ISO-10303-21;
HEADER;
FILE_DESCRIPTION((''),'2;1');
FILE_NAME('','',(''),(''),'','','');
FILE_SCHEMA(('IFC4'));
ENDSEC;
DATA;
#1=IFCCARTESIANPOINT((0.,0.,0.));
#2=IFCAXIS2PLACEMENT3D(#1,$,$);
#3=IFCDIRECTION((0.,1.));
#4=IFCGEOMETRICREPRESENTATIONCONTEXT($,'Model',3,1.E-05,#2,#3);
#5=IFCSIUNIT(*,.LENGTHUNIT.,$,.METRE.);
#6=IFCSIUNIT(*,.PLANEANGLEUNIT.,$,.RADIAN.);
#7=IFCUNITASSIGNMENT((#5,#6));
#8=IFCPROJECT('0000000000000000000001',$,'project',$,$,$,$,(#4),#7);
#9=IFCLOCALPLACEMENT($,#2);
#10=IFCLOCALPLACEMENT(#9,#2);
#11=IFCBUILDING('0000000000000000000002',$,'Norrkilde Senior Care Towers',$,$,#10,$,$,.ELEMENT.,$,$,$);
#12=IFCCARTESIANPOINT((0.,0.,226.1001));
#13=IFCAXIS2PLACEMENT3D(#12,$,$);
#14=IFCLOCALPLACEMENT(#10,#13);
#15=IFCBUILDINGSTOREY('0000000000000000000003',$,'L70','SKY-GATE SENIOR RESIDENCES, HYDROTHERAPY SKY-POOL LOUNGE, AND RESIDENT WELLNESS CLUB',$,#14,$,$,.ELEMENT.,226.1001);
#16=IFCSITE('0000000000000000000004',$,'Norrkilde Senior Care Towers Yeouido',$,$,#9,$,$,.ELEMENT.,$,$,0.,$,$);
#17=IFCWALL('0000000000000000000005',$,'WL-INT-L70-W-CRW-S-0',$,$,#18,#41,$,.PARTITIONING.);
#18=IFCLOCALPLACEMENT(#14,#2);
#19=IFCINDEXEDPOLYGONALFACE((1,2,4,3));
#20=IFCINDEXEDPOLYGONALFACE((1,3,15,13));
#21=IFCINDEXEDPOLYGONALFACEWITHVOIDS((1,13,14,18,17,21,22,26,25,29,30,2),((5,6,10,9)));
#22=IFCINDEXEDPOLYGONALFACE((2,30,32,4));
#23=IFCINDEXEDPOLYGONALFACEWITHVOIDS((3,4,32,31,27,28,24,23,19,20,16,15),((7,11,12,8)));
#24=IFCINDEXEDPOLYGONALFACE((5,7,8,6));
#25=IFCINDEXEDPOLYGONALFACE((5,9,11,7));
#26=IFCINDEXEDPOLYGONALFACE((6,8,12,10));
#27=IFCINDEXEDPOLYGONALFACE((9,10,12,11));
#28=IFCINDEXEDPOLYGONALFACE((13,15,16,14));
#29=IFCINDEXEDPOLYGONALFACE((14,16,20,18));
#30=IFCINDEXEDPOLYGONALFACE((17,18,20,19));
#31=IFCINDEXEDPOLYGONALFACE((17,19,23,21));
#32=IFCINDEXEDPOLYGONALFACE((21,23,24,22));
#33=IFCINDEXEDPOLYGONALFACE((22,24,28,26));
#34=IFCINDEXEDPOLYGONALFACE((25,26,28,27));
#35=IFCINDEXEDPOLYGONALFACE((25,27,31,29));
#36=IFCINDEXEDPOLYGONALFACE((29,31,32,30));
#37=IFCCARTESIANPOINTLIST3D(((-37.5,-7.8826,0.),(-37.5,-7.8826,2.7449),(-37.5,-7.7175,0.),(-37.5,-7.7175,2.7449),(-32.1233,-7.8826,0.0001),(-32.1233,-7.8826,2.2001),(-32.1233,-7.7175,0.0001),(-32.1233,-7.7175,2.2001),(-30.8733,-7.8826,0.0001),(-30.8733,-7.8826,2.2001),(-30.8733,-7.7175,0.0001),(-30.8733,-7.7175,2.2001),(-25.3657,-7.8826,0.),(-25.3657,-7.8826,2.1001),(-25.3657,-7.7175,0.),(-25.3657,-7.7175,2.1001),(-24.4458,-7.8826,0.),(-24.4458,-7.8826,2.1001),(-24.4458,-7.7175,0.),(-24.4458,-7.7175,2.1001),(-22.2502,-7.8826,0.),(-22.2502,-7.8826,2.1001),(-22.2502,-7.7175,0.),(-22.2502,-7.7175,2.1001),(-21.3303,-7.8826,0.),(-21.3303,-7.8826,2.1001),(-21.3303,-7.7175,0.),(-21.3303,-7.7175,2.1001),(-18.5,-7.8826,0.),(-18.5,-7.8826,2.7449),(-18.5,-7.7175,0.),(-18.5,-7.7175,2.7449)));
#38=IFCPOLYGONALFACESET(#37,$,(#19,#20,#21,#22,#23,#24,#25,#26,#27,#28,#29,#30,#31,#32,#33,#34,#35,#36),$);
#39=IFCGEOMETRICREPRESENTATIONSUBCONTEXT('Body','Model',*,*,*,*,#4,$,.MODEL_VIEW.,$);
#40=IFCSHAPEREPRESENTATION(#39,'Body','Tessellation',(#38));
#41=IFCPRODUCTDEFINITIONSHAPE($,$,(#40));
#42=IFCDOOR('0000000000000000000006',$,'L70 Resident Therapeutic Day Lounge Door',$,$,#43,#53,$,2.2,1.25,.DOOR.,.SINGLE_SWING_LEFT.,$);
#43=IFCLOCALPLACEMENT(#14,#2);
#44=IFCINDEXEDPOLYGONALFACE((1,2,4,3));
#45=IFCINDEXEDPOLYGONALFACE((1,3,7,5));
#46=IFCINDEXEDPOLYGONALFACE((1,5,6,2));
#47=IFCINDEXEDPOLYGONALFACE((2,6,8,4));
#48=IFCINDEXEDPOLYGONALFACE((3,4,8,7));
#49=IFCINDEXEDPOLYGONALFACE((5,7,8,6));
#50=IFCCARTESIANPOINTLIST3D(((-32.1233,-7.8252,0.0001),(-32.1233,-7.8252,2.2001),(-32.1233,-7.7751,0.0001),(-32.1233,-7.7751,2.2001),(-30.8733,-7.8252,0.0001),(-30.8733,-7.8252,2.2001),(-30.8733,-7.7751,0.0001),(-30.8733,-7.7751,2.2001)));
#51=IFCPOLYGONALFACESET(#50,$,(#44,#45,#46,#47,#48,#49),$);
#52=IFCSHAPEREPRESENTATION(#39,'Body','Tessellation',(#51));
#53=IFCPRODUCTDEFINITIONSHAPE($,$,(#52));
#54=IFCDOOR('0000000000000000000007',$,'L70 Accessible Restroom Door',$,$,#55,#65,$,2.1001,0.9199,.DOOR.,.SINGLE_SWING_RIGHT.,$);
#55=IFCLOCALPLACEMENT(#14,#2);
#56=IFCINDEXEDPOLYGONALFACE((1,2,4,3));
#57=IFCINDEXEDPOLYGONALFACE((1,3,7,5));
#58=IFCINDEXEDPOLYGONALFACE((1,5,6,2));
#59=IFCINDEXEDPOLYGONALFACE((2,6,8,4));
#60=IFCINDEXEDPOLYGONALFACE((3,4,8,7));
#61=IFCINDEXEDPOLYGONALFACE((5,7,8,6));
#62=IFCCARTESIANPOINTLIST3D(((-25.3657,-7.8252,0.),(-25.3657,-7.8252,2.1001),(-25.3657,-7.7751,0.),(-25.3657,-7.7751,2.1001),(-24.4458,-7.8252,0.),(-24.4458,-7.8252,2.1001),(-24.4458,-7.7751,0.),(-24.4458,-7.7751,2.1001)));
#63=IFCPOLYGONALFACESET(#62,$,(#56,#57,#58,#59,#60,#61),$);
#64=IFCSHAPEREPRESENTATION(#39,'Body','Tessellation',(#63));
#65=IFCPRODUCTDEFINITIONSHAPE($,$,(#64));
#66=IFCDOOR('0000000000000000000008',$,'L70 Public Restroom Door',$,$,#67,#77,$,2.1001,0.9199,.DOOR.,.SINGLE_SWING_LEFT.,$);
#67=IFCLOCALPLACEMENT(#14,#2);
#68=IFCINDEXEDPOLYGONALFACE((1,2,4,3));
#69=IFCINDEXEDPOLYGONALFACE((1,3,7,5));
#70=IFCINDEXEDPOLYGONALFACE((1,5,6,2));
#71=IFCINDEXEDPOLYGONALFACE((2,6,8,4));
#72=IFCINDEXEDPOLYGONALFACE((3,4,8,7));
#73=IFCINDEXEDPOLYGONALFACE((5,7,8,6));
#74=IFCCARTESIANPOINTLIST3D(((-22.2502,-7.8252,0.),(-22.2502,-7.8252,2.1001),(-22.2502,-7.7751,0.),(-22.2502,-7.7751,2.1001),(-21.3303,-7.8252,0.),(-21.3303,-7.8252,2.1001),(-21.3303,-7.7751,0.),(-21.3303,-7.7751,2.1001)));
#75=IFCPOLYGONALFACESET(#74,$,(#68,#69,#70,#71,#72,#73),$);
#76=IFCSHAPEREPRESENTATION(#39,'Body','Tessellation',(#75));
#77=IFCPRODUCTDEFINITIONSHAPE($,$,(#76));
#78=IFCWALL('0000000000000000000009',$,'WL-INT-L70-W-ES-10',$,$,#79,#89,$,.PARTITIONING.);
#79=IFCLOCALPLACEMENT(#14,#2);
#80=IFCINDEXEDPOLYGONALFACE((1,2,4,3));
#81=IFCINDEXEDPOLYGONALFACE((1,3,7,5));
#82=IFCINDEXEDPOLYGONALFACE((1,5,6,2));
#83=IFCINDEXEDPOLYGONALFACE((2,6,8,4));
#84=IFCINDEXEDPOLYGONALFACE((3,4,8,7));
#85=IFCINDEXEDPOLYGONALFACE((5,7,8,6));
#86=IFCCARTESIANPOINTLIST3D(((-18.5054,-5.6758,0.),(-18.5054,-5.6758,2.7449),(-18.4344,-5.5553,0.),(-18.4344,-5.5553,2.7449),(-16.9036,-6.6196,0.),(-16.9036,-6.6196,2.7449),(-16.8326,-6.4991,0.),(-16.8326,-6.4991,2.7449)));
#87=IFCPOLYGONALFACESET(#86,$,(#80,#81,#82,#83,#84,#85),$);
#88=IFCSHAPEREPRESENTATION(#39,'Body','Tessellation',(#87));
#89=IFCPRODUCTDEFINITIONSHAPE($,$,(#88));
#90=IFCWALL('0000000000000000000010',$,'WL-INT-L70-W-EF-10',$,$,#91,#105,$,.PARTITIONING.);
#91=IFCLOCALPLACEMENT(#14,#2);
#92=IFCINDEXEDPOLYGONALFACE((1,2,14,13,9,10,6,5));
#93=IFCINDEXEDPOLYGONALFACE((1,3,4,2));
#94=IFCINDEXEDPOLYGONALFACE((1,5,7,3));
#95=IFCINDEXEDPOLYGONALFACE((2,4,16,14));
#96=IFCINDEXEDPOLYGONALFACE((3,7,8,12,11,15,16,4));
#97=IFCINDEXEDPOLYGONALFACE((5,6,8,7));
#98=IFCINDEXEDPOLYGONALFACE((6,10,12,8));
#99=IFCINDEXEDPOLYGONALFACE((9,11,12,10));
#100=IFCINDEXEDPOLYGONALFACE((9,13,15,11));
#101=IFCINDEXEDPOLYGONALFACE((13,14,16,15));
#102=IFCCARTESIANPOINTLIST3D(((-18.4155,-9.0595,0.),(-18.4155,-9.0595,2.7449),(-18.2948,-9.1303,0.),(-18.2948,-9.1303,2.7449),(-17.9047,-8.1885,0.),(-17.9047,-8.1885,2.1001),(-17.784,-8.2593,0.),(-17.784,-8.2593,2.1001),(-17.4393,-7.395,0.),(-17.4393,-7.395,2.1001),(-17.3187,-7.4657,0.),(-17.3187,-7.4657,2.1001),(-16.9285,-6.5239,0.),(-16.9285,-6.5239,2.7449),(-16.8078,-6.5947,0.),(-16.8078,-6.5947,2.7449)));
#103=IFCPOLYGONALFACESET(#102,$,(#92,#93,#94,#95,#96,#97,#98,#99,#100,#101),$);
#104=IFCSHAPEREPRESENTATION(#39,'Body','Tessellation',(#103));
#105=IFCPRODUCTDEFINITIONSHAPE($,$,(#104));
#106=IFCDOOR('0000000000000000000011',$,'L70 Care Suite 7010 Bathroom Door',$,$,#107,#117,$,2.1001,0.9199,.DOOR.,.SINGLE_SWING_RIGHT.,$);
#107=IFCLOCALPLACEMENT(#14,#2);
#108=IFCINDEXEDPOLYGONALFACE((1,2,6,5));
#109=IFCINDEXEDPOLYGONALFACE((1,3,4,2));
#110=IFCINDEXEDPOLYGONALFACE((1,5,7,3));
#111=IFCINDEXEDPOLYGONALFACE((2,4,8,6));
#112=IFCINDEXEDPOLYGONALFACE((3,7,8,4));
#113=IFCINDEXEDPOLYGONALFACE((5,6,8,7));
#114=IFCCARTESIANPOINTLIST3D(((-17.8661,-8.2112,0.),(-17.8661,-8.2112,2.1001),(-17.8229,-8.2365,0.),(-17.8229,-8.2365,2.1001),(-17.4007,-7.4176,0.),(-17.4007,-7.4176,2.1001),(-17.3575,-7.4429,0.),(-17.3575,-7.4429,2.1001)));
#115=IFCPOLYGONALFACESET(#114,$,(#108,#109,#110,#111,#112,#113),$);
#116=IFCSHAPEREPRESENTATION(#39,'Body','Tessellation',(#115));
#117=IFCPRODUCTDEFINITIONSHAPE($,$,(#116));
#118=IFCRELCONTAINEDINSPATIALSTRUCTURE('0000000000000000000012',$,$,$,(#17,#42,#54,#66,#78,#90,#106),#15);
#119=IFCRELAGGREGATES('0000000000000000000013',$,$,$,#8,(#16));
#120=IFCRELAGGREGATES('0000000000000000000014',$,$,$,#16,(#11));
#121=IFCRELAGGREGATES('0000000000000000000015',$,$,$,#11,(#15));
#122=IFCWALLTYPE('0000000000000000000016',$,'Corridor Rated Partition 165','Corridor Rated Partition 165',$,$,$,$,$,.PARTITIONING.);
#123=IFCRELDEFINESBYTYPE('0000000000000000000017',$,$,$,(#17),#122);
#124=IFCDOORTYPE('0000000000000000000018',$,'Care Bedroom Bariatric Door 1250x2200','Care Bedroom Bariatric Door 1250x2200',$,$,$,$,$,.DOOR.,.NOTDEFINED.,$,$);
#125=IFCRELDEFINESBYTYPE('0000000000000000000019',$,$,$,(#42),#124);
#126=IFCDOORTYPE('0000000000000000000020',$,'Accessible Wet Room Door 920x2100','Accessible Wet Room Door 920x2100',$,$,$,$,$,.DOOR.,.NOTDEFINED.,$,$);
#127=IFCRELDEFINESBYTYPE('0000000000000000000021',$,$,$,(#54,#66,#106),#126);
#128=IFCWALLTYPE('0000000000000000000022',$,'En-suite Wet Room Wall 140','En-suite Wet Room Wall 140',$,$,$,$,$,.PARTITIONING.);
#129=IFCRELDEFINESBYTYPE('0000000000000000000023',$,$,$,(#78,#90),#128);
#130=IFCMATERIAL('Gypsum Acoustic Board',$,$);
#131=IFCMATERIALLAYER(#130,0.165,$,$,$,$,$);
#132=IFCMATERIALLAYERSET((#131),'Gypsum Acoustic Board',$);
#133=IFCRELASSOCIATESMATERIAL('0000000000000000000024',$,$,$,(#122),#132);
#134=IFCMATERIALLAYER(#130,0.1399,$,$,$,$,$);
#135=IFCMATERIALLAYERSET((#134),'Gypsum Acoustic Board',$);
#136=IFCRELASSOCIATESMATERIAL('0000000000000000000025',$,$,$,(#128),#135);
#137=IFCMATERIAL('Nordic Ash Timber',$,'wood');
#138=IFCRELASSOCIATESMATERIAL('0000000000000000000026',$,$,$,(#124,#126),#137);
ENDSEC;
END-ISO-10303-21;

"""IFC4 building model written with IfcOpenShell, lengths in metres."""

from ifc_helpers import new_model, si_unit, direction, frame, frame_2d, origin, place, context, subcontext, project, spatial, rectangle, extrude, source, transform, mapped, material, layer, layer_set, type_object, type_shapes, element, fill, save


model = new_model("IFC4")

# Units and contexts
model_context = context("Model", 3, precision=1e-05, world=origin(), true_north=direction((0.0, 1.0)))
body_context = subcontext(model_context, "Body", "Model", "MODEL_VIEW")
ifc_project = project(units=[si_unit("LENGTHUNIT", "METRE"), si_unit("PLANEANGLEUNIT", "RADIAN")], contexts=[model_context])

# Site, building, storey
site_placement = place(None, origin())
site = spatial("IfcSite", under=ifc_project, at=site_placement, Name="Norrkilde Senior Care Towers Yeouido", CompositionType="ELEMENT", RefElevation=0.0)
building_placement = place(site_placement, origin())
building = spatial("IfcBuilding", under=site, at=building_placement, Name="Norrkilde Senior Care Towers", CompositionType="ELEMENT")
storey_placement = place(building_placement, frame((0.0, 0.0, 226.1001)))
storey = spatial("IfcBuildingStorey", under=building, at=storey_placement, Name="L70", Description="SKY-GATE SENIOR RESIDENCES, HYDROTHERAPY SKY-POOL LOUNGE, AND RESIDENT WELLNESS CLUB", CompositionType="ELEMENT", Elevation=226.1001)

# Shared definitions
ifc_material_1 = material(Name="Gypsum Acoustic Board")
ifc_layer_1 = layer(ifc_material_1, 0.165)
ifc_layer_set_1 = layer_set([ifc_layer_1], Name="Gypsum Acoustic Board")
wall_type_1 = type_object("IfcWallType", Name="Corridor Rated Partition 165", Description="Corridor Rated Partition 165", PredefinedType="PARTITIONING", material=ifc_layer_set_1)
ifc_layer_2 = layer(ifc_material_1, 0.1399)
ifc_layer_set_2 = layer_set([ifc_layer_2], Name="Gypsum Acoustic Board")
wall_type_2 = type_object("IfcWallType", Name="En-suite Wet Room Wall 140", Description="En-suite Wet Room Wall 140", PredefinedType="PARTITIONING", material=ifc_layer_set_2)

# Wall, openings, doors
shared_shape_1 = source(origin(), body_context, "Body", "SweptSolid", [
    extrude(rectangle(XDim=19.0, YDim=0.165, at=frame_2d((9.5, 0.0))), origin(), (0.0, 0.0, 1.0), 2.7449),
])
wall_1_placement = place(storey_placement, frame((-18.5, -7.8, 0.0), z_axis=(0.0, 0.0, 1.0), x_axis=(-1.0, 0.0, 0.0)))
wall_1 = element("IfcWall", 1, at=wall_1_placement, inside=storey, type_object=wall_type_1, Name="WL-INT-L70-W-CRW-S-0", PredefinedType="PARTITIONING", context=body_context, shape_type="MappedRepresentation", body=[
    mapped(shared_shape_1, transform((0.0, 0.0, 0.0), x_axis=(1.0, 0.0, 0.0), y_axis=(0.0, 1.0, 0.0), z_axis=(0.0, 0.0, 1.0), scale=1.0)),
])
opening_1_placement = place(wall_1_placement, frame((12.3733, 0.0, 0.0)))
opening_1 = element("IfcOpeningElement", 2, at=opening_1_placement, cuts=wall_1, PredefinedType="OPENING", context=body_context, shape_type="SweptSolid", body=[
    extrude(rectangle(XDim=1.25, YDim=2.2, at=frame_2d((0.625, 1.1001))), frame((0.0, 0.0925, 0.0), z_axis=(0.0, -1.0, 0.0), x_axis=(1.0, 0.0, 0.0)), (0.0, 0.0, 1.0), 0.1851),
])
opening_2_placement = place(wall_1_placement, frame((5.9458, 0.0, 0.0)))
opening_2 = element("IfcOpeningElement", 3, at=opening_2_placement, cuts=wall_1, PredefinedType="OPENING", context=body_context, shape_type="SweptSolid", body=[
    extrude(rectangle(XDim=0.9199, YDim=2.1001, at=frame_2d((0.46, 1.05))), frame((0.0, 0.0925, 0.0), z_axis=(0.0, -1.0, 0.0), x_axis=(1.0, 0.0, 0.0)), (0.0, 0.0, 1.0), 0.1851),
])
opening_3_placement = place(wall_1_placement, frame((2.8303, 0.0, 0.0)))
opening_3 = element("IfcOpeningElement", 4, at=opening_3_placement, cuts=wall_1, PredefinedType="OPENING", context=body_context, shape_type="SweptSolid", body=[
    extrude(rectangle(XDim=0.9199, YDim=2.1001, at=frame_2d((0.46, 1.05))), frame((0.0, 0.0925, 0.0), z_axis=(0.0, -1.0, 0.0), x_axis=(1.0, 0.0, 0.0)), (0.0, 0.0, 1.0), 0.1851),
])
ifc_material_2 = material(Name="Nordic Ash Timber", Category="wood")
door_type_1 = type_object("IfcDoorType", Name="Care Bedroom Bariatric Door 1250x2200", Description="Care Bedroom Bariatric Door 1250x2200", OperationType="NOTDEFINED", PredefinedType="DOOR", material=ifc_material_2)
shared_shape_2 = source(origin(), body_context, "Body", "SweptSolid", [
    extrude(rectangle(XDim=1.25, YDim=2.2, at=frame_2d((0.625, 1.1001))), frame((0.0, 0.0249, 0.0), z_axis=(0.0, -1.0, 0.0), x_axis=(1.0, 0.0, 0.0)), (0.0, 0.0, 1.0), 0.05),
])
type_shapes(door_type_1, [shared_shape_2])
door_1_placement = place(opening_1_placement, frame((1.25, 0.0, 0.0), z_axis=(0.0, 0.0, 1.0), x_axis=(-1.0, 0.0, 0.0)))
door_1 = element("IfcDoor", 5, at=door_1_placement, inside=storey, type_object=door_type_1, Name="L70 Resident Therapeutic Day Lounge Door", OperationType="SINGLE_SWING_LEFT", OverallHeight=2.2, OverallWidth=1.25, PredefinedType="DOOR", context=body_context, shape_type="MappedRepresentation", body=[
    mapped(shared_shape_2, transform((0.0, 0.0, 0.0), x_axis=(1.0, 0.0, 0.0), y_axis=(0.0, 1.0, 0.0), z_axis=(0.0, 0.0, 1.0), scale=1.0)),
])
fill(opening_1, door_1)
door_type_2 = type_object("IfcDoorType", Name="Accessible Wet Room Door 920x2100", Description="Accessible Wet Room Door 920x2100", OperationType="NOTDEFINED", PredefinedType="DOOR", material=ifc_material_2)
shared_shape_3 = source(origin(), body_context, "Body", "SweptSolid", [
    extrude(rectangle(XDim=0.9199, YDim=2.1001, at=frame_2d((0.46, 1.05))), frame((0.0, 0.0249, 0.0), z_axis=(0.0, -1.0, 0.0), x_axis=(1.0, 0.0, 0.0)), (0.0, 0.0, 1.0), 0.05),
])
type_shapes(door_type_2, [shared_shape_3])
door_2_placement = place(opening_2_placement, frame((0.9199, 0.0, 0.0), z_axis=(0.0, 0.0, 1.0), x_axis=(-1.0, 0.0, 0.0)))
door_2 = element("IfcDoor", 6, at=door_2_placement, inside=storey, type_object=door_type_2, Name="L70 Accessible Restroom Door", OperationType="SINGLE_SWING_RIGHT", OverallHeight=2.1001, OverallWidth=0.9199, PredefinedType="DOOR", context=body_context, shape_type="MappedRepresentation", body=[
    mapped(shared_shape_3, transform((0.0, 0.0, 0.0), x_axis=(1.0, 0.0, 0.0), y_axis=(0.0, 1.0, 0.0), z_axis=(0.0, 0.0, 1.0), scale=1.0)),
])
fill(opening_2, door_2)
door_3_placement = place(opening_3_placement, frame((0.9199, 0.0, 0.0), z_axis=(0.0, 0.0, 1.0), x_axis=(-1.0, 0.0, 0.0)))
door_3 = element("IfcDoor", 7, at=door_3_placement, inside=storey, type_object=door_type_2, Name="L70 Public Restroom Door", OperationType="SINGLE_SWING_LEFT", OverallHeight=2.1001, OverallWidth=0.9199, PredefinedType="DOOR", context=body_context, shape_type="MappedRepresentation", body=[
    mapped(shared_shape_3, transform((0.0, 0.0, 0.0), x_axis=(1.0, 0.0, 0.0), y_axis=(0.0, 1.0, 0.0), z_axis=(0.0, 0.0, 1.0), scale=1.0)),
])
fill(opening_3, door_3)

# Wall
shared_shape_4 = source(origin(), body_context, "Body", "SweptSolid", [
    extrude(rectangle(XDim=1.8591, YDim=0.1399, at=frame_2d((0.9297, 0.0))), origin(), (0.0, 0.0, 1.0), 2.7449),
])
wall_2_placement = place(storey_placement, frame((-18.47, -5.6155, 0.0), z_axis=(0.0, 0.0, 1.0), x_axis=(0.861556, -0.507663, 0.0)))
element("IfcWall", 8, at=wall_2_placement, inside=storey, type_object=wall_type_2, Name="WL-INT-L70-W-ES-10", PredefinedType="PARTITIONING", context=body_context, shape_type="MappedRepresentation", body=[
    mapped(shared_shape_4, transform((0.0, 0.0, 0.0), x_axis=(1.0, 0.0, 0.0), y_axis=(0.0, 1.0, 0.0), z_axis=(0.0, 0.0, 1.0), scale=1.0)),
])

# Wall, opening, door
shared_shape_5 = source(origin(), body_context, "Body", "SweptSolid", [
    extrude(rectangle(XDim=2.9395, YDim=0.1399, at=frame_2d((1.4697, 0.0))), origin(), (0.0, 0.0, 1.0), 2.7449),
])
wall_3_placement = place(storey_placement, frame((-16.8682, -6.5593, 0.0), z_axis=(0.0, 0.0, 1.0), x_axis=(-0.505884, -0.862602, 0.0)))
wall_3 = element("IfcWall", 9, at=wall_3_placement, inside=storey, type_object=wall_type_2, Name="WL-INT-L70-W-EF-10", PredefinedType="PARTITIONING", context=body_context, shape_type="MappedRepresentation", body=[
    mapped(shared_shape_5, transform((0.0, 0.0, 0.0), x_axis=(1.0, 0.0, 0.0), y_axis=(0.0, 1.0, 0.0), z_axis=(0.0, 0.0, 1.0), scale=1.0)),
])
opening_4_placement = place(wall_3_placement, frame((1.0098, 0.0, 0.0)))
opening_4 = element("IfcOpeningElement", 10, at=opening_4_placement, cuts=wall_3, PredefinedType="OPENING", context=body_context, shape_type="SweptSolid", body=[
    extrude(rectangle(XDim=0.9199, YDim=2.1001, at=frame_2d((0.46, 1.05))), frame((0.0, 0.0798, 0.0), z_axis=(0.0, -1.0, 0.0), x_axis=(1.0, 0.0, 0.0)), (0.0, 0.0, 1.0), 0.1599),
])
door_4_placement = place(opening_4_placement, origin())
door_4 = element("IfcDoor", 11, at=door_4_placement, inside=storey, type_object=door_type_2, Name="L70 Care Suite 7010 Bathroom Door", OperationType="SINGLE_SWING_RIGHT", OverallHeight=2.1001, OverallWidth=0.9199, PredefinedType="DOOR", context=body_context, shape_type="MappedRepresentation", body=[
    mapped(shared_shape_3, transform((0.0, 0.0, 0.0), x_axis=(1.0, 0.0, 0.0), y_axis=(0.0, 1.0, 0.0), z_axis=(0.0, 0.0, 1.0), scale=1.0)),
])
fill(opening_4, door_4)

save(model, "model.ifc")
